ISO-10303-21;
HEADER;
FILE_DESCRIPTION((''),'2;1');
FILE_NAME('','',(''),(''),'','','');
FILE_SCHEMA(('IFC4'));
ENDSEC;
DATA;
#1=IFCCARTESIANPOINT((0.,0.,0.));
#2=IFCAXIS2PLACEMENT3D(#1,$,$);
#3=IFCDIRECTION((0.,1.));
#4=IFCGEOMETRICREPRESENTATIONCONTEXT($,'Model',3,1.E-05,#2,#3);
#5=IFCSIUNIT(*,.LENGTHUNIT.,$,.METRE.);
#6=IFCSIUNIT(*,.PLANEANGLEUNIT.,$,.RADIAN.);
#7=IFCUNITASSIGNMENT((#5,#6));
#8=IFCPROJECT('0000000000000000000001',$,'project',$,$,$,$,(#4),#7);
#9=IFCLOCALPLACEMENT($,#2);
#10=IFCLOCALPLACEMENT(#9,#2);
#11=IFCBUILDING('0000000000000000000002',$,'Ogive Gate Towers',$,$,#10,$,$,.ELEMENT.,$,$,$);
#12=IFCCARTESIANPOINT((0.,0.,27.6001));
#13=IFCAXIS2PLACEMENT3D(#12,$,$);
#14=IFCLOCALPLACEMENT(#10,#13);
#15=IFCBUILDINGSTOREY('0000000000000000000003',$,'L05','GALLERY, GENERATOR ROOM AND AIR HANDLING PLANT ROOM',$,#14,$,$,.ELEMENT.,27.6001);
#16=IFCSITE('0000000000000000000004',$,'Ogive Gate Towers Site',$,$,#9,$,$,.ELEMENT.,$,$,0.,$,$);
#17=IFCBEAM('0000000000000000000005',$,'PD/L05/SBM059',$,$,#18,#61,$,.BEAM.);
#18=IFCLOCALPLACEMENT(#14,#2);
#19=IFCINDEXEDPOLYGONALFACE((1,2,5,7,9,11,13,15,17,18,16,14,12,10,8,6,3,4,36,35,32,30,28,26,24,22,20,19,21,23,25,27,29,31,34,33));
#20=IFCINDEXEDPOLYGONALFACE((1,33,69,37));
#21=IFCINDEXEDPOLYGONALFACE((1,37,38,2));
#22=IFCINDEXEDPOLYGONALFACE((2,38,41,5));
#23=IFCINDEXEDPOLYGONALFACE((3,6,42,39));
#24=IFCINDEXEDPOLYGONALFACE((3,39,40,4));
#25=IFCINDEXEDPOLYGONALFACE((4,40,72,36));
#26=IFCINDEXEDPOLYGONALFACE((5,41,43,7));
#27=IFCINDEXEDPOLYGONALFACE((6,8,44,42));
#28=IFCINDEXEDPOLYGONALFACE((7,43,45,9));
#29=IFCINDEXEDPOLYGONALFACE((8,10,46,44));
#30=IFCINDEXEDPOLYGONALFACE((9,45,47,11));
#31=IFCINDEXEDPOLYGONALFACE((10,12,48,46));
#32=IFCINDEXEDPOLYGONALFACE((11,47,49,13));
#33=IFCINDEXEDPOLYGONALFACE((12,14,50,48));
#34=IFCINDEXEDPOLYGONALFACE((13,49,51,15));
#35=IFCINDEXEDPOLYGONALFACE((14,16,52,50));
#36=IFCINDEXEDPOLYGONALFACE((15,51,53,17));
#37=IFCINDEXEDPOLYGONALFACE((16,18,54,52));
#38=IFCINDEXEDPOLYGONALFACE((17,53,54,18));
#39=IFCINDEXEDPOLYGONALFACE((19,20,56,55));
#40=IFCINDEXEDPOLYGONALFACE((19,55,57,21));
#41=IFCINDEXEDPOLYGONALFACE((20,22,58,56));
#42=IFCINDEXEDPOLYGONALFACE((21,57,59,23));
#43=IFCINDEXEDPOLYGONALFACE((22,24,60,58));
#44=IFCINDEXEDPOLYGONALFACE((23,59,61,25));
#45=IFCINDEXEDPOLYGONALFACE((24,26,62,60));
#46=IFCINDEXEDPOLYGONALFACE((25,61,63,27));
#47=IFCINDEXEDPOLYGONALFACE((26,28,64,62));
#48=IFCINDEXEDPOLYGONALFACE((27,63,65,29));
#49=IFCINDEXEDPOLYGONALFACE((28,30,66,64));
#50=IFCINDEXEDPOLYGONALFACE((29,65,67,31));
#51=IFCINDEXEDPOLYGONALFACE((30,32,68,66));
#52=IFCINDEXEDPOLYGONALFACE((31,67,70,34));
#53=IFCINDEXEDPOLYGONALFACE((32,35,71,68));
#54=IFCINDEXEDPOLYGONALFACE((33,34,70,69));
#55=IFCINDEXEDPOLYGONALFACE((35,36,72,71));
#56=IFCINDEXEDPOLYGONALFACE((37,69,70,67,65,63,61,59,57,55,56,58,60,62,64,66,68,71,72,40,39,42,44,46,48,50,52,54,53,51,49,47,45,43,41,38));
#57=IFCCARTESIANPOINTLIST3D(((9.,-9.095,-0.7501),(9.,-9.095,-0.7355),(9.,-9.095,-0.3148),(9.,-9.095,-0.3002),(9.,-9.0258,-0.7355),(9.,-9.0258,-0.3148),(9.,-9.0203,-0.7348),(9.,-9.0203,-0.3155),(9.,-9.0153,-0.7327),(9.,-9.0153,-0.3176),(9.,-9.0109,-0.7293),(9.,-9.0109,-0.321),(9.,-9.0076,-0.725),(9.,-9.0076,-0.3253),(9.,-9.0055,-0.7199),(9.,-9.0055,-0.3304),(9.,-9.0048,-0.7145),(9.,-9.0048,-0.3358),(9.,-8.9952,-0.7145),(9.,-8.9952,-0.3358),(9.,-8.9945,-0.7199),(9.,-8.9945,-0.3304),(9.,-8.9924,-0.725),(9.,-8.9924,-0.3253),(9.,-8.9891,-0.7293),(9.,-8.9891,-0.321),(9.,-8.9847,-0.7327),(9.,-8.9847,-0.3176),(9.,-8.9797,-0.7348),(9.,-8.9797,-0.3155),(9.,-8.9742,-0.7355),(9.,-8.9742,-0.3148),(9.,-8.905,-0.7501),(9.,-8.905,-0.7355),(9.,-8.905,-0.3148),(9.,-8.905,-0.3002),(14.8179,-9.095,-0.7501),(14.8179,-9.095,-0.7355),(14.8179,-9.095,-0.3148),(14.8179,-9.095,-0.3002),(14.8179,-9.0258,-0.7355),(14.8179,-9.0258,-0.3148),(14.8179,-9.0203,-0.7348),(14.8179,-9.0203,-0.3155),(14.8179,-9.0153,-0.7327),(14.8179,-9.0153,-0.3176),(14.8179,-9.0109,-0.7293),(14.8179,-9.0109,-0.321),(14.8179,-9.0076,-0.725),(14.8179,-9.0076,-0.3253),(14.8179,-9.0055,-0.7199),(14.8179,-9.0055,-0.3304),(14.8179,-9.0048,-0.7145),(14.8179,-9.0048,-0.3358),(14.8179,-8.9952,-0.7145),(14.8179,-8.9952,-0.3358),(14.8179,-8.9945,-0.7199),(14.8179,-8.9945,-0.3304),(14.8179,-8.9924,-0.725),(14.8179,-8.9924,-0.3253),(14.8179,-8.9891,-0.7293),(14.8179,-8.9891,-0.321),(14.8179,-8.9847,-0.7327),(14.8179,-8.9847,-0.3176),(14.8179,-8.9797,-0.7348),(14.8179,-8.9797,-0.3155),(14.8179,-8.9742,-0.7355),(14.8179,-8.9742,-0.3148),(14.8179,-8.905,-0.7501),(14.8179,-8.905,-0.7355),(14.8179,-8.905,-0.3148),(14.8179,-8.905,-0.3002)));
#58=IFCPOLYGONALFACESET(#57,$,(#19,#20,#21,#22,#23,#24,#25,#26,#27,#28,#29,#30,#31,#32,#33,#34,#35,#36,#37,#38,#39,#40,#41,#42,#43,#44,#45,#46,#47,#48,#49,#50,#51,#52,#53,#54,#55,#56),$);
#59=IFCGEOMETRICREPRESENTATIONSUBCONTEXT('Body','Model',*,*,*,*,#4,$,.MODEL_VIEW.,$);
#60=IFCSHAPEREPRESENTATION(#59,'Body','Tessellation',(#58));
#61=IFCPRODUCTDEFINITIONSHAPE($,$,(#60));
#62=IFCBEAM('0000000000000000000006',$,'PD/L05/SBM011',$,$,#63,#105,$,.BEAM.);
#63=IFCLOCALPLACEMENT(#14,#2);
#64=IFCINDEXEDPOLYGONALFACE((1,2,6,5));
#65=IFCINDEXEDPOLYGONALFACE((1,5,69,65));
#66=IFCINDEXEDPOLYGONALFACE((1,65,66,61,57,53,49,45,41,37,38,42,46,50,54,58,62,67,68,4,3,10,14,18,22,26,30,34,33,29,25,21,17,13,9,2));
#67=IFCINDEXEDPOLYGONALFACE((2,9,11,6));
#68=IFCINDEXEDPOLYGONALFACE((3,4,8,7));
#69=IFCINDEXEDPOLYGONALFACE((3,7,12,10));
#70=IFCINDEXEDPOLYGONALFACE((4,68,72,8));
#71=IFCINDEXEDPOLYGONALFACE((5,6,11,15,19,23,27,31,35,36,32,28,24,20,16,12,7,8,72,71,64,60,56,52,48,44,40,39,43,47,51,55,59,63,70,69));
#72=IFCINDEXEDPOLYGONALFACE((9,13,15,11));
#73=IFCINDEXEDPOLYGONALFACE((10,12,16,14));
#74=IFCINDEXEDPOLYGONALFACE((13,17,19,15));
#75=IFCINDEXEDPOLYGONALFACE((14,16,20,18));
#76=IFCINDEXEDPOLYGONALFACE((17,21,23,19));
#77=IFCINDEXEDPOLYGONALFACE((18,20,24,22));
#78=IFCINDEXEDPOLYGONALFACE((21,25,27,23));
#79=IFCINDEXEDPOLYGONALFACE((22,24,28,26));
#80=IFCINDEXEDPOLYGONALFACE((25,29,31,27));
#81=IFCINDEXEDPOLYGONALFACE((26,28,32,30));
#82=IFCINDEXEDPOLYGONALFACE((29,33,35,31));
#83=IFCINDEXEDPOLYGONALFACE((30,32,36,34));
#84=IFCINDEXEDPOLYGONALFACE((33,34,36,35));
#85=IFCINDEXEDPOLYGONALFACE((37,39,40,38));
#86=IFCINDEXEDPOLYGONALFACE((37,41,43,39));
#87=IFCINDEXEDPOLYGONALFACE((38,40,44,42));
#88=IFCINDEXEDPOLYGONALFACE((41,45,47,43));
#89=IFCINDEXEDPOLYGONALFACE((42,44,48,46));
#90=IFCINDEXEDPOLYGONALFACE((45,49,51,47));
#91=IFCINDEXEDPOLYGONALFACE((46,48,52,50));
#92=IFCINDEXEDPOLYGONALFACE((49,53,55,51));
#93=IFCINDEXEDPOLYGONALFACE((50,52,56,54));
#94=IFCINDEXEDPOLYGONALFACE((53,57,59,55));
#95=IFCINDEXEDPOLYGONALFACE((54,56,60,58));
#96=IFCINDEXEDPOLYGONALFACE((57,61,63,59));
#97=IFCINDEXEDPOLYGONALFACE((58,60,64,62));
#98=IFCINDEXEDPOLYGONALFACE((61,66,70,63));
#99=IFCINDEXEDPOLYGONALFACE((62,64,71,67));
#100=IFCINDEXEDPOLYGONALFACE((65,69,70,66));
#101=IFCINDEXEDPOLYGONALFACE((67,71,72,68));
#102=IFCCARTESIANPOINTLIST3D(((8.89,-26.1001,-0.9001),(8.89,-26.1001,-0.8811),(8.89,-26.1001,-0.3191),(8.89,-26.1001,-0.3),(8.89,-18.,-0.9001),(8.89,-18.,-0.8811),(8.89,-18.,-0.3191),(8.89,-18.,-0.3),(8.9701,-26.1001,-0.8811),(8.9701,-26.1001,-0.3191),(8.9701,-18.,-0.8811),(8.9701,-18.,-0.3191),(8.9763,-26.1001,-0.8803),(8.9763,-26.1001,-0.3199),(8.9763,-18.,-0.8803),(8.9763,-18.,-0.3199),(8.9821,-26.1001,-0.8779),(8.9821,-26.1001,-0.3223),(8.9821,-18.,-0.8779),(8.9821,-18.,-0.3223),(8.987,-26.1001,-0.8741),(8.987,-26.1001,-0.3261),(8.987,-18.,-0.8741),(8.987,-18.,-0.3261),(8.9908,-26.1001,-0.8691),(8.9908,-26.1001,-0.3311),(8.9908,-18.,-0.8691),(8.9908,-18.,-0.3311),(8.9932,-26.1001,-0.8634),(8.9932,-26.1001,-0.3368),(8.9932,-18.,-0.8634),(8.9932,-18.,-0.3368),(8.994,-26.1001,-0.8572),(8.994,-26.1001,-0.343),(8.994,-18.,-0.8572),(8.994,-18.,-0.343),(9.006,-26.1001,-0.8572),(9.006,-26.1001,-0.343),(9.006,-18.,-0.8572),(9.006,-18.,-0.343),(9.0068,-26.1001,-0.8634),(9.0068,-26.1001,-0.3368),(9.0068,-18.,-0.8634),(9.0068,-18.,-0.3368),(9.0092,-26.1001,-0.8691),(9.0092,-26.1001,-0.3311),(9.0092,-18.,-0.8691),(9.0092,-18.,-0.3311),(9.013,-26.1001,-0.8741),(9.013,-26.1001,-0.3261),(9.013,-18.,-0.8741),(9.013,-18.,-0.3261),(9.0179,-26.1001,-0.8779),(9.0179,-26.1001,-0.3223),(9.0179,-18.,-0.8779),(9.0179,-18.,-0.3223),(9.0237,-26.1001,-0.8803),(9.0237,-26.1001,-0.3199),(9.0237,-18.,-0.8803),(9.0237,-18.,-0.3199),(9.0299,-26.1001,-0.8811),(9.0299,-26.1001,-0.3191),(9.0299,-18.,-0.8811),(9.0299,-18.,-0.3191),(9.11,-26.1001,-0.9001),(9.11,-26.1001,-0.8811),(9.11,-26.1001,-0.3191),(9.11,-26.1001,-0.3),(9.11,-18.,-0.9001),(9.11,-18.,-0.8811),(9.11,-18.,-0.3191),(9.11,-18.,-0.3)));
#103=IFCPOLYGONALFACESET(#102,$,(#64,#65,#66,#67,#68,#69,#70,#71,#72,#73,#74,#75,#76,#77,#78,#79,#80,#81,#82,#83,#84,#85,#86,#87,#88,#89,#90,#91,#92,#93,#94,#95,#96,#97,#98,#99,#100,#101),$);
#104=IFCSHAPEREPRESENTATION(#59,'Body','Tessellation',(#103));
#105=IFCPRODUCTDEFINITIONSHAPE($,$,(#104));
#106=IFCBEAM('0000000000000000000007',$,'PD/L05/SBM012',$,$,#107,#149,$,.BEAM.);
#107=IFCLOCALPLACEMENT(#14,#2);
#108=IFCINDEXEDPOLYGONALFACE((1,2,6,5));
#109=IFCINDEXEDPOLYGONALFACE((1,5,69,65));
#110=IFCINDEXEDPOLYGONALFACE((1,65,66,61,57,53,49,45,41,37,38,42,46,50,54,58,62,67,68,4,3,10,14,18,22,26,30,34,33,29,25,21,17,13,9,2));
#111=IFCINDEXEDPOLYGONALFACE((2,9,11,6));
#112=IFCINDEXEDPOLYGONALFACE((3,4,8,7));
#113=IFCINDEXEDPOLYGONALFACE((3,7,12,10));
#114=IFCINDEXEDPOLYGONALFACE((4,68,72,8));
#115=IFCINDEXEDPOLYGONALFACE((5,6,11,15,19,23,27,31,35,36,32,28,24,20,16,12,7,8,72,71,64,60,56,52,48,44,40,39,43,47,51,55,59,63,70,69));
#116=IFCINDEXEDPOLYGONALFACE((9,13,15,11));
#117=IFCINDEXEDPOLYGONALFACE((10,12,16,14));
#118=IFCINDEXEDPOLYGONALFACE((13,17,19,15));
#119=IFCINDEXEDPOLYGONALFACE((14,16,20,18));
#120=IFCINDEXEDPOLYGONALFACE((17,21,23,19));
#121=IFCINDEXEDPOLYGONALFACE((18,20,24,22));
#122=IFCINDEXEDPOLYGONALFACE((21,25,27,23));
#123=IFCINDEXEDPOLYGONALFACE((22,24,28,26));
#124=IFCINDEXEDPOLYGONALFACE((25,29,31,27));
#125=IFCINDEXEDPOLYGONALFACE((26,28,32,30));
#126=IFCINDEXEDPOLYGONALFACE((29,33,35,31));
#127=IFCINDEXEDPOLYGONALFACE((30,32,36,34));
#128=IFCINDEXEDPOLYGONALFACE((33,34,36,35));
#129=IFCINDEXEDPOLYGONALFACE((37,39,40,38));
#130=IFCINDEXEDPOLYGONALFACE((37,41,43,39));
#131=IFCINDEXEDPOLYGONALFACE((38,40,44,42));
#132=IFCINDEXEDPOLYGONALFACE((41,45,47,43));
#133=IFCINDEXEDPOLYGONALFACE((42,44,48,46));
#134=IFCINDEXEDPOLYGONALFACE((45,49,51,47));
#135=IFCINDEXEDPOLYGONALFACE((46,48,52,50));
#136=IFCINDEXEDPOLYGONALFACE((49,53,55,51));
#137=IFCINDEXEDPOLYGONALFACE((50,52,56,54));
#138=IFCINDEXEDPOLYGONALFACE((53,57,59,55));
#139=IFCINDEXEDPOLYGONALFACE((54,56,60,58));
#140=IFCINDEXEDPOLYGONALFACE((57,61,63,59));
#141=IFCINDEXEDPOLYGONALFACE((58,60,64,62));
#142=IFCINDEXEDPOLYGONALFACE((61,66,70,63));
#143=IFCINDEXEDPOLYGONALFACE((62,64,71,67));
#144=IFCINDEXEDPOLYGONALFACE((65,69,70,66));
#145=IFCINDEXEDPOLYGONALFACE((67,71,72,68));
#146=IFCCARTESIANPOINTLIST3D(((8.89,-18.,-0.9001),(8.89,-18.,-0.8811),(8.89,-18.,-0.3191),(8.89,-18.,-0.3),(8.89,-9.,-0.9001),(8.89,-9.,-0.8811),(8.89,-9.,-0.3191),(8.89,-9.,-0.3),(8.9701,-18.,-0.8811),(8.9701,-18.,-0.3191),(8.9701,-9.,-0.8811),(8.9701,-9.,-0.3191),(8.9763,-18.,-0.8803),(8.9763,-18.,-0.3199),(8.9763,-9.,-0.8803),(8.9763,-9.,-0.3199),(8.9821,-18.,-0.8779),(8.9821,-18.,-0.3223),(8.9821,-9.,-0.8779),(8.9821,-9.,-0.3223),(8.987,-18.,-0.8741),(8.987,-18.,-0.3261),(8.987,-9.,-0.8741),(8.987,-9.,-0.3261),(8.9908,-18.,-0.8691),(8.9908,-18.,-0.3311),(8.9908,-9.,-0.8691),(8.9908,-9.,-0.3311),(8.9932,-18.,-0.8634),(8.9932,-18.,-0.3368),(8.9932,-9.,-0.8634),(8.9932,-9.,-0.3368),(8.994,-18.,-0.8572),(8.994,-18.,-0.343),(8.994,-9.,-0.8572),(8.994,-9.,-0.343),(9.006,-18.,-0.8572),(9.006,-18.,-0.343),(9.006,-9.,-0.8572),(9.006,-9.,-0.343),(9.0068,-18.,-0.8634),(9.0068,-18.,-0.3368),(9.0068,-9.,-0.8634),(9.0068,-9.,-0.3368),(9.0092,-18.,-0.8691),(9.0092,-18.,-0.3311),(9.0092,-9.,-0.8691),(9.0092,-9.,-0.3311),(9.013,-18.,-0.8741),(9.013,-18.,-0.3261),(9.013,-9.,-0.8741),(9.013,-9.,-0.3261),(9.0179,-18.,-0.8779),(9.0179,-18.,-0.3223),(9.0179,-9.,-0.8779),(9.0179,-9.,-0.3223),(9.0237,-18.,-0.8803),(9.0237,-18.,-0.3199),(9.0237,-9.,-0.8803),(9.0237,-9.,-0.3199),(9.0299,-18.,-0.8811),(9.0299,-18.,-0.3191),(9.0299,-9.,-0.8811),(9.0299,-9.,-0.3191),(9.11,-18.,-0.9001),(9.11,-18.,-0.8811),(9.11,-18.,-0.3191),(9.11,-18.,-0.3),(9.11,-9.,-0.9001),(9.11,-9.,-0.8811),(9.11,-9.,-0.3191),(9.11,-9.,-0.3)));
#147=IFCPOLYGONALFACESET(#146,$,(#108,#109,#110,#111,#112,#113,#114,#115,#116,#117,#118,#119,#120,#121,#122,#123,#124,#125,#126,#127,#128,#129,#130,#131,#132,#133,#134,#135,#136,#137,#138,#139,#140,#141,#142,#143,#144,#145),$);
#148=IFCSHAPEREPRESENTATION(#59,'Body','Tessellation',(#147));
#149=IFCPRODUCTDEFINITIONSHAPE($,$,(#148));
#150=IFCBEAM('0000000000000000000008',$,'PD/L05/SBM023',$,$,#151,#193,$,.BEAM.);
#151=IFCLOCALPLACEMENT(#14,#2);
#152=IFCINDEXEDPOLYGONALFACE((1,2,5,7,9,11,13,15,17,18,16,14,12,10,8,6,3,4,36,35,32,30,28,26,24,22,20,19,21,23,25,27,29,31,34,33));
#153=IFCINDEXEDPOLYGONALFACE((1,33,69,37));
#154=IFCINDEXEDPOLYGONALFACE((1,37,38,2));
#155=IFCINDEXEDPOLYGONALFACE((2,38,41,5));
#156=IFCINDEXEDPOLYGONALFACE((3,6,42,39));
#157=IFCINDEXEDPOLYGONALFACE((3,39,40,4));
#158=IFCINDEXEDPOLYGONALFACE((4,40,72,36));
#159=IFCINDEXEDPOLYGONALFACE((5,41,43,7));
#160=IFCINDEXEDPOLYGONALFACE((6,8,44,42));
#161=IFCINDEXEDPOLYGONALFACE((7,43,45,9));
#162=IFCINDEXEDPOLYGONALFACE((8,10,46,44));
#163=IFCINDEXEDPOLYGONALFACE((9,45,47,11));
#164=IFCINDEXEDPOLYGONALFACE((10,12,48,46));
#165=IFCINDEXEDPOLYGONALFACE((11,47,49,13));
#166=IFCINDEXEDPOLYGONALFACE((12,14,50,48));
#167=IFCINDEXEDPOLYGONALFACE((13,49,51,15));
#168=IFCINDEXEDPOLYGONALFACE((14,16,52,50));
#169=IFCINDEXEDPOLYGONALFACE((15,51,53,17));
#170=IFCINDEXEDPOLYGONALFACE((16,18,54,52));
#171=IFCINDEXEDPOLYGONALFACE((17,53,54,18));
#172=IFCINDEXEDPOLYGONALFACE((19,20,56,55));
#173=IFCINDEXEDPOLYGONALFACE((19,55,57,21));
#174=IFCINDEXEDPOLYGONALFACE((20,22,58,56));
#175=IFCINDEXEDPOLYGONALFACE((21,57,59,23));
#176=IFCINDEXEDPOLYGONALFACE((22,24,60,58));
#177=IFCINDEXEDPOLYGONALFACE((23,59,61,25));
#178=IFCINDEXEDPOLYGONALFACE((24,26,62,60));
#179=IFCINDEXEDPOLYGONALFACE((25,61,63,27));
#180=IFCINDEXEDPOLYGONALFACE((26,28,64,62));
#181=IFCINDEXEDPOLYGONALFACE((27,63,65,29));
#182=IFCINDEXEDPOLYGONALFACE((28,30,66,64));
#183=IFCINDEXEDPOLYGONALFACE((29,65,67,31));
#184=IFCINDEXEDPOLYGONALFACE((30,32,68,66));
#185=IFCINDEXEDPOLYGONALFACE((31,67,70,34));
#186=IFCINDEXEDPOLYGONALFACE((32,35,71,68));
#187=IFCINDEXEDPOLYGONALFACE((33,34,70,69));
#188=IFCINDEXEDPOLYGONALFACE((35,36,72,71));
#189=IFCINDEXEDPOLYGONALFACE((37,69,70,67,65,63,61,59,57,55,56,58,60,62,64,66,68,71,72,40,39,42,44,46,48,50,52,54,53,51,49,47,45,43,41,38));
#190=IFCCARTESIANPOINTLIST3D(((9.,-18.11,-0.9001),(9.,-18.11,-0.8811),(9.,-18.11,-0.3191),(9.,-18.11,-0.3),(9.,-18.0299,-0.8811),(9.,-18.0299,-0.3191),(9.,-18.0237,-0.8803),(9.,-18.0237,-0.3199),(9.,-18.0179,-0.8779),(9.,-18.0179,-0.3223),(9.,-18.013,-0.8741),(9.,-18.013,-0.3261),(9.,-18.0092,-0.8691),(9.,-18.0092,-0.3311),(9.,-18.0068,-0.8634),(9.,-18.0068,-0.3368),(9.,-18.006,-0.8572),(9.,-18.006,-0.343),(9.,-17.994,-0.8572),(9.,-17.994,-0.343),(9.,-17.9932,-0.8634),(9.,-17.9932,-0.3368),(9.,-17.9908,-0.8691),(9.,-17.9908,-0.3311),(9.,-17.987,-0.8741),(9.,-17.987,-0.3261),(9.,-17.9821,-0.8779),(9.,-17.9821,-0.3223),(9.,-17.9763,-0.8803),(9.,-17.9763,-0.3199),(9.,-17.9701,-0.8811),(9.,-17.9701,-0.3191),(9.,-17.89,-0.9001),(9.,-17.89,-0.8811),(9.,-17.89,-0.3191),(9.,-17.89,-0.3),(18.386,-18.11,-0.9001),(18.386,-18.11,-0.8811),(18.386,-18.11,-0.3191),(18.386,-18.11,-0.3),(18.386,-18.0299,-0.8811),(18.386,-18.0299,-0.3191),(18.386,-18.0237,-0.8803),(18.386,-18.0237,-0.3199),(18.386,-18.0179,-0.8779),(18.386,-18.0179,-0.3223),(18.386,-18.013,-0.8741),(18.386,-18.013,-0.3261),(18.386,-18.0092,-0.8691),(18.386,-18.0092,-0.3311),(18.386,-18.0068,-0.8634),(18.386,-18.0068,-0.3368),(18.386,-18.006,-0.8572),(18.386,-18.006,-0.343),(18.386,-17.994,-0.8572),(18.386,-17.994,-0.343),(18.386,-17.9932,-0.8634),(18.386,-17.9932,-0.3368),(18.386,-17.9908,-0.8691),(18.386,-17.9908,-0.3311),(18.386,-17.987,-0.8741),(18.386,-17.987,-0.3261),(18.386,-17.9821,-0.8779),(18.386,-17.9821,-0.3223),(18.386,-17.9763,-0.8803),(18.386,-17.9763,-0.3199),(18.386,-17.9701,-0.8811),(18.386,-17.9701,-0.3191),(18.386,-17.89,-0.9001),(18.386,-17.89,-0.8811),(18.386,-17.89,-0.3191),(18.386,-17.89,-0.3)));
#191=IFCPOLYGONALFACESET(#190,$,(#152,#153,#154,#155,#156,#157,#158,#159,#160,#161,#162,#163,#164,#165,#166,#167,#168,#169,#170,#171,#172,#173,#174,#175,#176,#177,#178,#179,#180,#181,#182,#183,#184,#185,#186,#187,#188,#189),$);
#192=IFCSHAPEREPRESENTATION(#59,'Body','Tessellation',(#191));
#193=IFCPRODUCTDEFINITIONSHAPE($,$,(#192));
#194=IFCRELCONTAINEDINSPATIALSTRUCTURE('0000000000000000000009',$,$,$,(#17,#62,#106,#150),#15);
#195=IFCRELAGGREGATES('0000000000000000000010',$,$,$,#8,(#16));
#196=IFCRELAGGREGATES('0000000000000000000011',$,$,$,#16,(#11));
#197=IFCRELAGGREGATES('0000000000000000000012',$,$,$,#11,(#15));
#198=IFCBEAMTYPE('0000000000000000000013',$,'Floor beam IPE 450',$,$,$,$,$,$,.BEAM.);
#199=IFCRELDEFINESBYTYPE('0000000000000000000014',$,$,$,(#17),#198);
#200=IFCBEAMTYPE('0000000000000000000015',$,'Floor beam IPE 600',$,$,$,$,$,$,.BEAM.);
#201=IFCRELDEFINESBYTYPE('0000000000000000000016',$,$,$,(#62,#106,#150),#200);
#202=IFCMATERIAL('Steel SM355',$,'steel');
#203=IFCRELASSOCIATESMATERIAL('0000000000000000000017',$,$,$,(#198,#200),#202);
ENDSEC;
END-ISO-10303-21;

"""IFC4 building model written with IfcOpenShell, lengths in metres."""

from ifc_helpers import new_model, si_unit, direction, frame, origin, origin_2d, place, context, subcontext, project, spatial, i_section, extrude, material, material_profile, profile_set, type_object, element, save


model = new_model("IFC4")

# Units and contexts
model_context = context("Model", 3, precision=1e-05, world=origin(), true_north=direction((0.0, 1.0)))
body_context = subcontext(model_context, "Body", "Model", "MODEL_VIEW")
ifc_project = project(units=[si_unit("LENGTHUNIT", "METRE"), si_unit("PLANEANGLEUNIT", "RADIAN")], contexts=[model_context])

# Site, building, storey
site_placement = place(None, origin())
site = spatial("IfcSite", under=ifc_project, at=site_placement, Name="Ogive Gate Towers Site", CompositionType="ELEMENT", RefElevation=0.0)
building_placement = place(site_placement, origin())
building = spatial("IfcBuilding", under=site, at=building_placement, Name="Ogive Gate Towers", CompositionType="ELEMENT")
storey_placement = place(building_placement, frame((0.0, 0.0, 27.6001)))
storey = spatial("IfcBuildingStorey", under=building, at=storey_placement, Name="L05", Description="GALLERY, GENERATOR ROOM AND AIR HANDLING PLANT ROOM", CompositionType="ELEMENT", Elevation=27.6001)

# Beams
ifc_material_1 = material(Name="Steel SM355", Category="steel")
ifc_material_profile_1 = material_profile(ifc_material_1, i_section(OverallWidth=0.1899, OverallDepth=0.45, WebThickness=0.0095, FlangeThickness=0.0146, FilletRadius=0.021, at=origin_2d()), Name="IPE 450")
ifc_profile_set_1 = profile_set([ifc_material_profile_1], Name="Steel SM355")
beam_type_1 = type_object("IfcBeamType", Name="Floor beam IPE 450", PredefinedType="BEAM", material=ifc_profile_set_1)
beam_1_placement = place(storey_placement, frame((9.0, -9.0, -0.5251), z_axis=(1.0, 0.0, 0.0), x_axis=(0.0, 1.0, 0.0)))
element("IfcBeam", 1, at=beam_1_placement, inside=storey, type_object=beam_type_1, Name="PD/L05/SBM059", PredefinedType="BEAM", context=body_context, shape_type="SweptSolid", body=[
    extrude(i_section(OverallWidth=0.1899, OverallDepth=0.45, WebThickness=0.0095, FlangeThickness=0.0146, FilletRadius=0.021, at=origin_2d()), origin(), (0.0, 0.0, 1.0), 5.8179),
])
ifc_material_profile_2 = material_profile(ifc_material_1, i_section(OverallWidth=0.22, OverallDepth=0.6001, WebThickness=0.012, FlangeThickness=0.019, FilletRadius=0.0239, at=origin_2d()), Name="IPE 600")
ifc_profile_set_2 = profile_set([ifc_material_profile_2], Name="Steel SM355")
beam_type_2 = type_object("IfcBeamType", Name="Floor beam IPE 600", PredefinedType="BEAM", material=ifc_profile_set_2)
beam_2_placement = place(storey_placement, frame((9.0, -26.1001, -0.6001), z_axis=(0.0, 1.0, 0.0), x_axis=(-1.0, 0.0, 0.0)))
element("IfcBeam", 2, at=beam_2_placement, inside=storey, type_object=beam_type_2, Name="PD/L05/SBM011", PredefinedType="BEAM", context=body_context, shape_type="SweptSolid", body=[
    extrude(i_section(OverallWidth=0.22, OverallDepth=0.6001, WebThickness=0.012, FlangeThickness=0.019, FilletRadius=0.0239, at=origin_2d()), origin(), (0.0, 0.0, 1.0), 8.1001),
])
beam_3_placement = place(storey_placement, frame((9.0, -18.0, -0.6001), z_axis=(0.0, 1.0, 0.0), x_axis=(-1.0, 0.0, 0.0)))
element("IfcBeam", 3, at=beam_3_placement, inside=storey, type_object=beam_type_2, Name="PD/L05/SBM012", PredefinedType="BEAM", context=body_context, shape_type="SweptSolid", body=[
    extrude(i_section(OverallWidth=0.22, OverallDepth=0.6001, WebThickness=0.012, FlangeThickness=0.019, FilletRadius=0.0239, at=origin_2d()), origin(), (0.0, 0.0, 1.0), 9.0),
])
beam_4_placement = place(storey_placement, frame((9.0, -18.0, -0.6001), z_axis=(1.0, 0.0, 0.0), x_axis=(0.0, 1.0, 0.0)))
element("IfcBeam", 4, at=beam_4_placement, inside=storey, type_object=beam_type_2, Name="PD/L05/SBM023", PredefinedType="BEAM", context=body_context, shape_type="SweptSolid", body=[
    extrude(i_section(OverallWidth=0.22, OverallDepth=0.6001, WebThickness=0.012, FlangeThickness=0.019, FilletRadius=0.0239, at=origin_2d()), origin(), (0.0, 0.0, 1.0), 9.386),
])

save(model, "model.ifc")
